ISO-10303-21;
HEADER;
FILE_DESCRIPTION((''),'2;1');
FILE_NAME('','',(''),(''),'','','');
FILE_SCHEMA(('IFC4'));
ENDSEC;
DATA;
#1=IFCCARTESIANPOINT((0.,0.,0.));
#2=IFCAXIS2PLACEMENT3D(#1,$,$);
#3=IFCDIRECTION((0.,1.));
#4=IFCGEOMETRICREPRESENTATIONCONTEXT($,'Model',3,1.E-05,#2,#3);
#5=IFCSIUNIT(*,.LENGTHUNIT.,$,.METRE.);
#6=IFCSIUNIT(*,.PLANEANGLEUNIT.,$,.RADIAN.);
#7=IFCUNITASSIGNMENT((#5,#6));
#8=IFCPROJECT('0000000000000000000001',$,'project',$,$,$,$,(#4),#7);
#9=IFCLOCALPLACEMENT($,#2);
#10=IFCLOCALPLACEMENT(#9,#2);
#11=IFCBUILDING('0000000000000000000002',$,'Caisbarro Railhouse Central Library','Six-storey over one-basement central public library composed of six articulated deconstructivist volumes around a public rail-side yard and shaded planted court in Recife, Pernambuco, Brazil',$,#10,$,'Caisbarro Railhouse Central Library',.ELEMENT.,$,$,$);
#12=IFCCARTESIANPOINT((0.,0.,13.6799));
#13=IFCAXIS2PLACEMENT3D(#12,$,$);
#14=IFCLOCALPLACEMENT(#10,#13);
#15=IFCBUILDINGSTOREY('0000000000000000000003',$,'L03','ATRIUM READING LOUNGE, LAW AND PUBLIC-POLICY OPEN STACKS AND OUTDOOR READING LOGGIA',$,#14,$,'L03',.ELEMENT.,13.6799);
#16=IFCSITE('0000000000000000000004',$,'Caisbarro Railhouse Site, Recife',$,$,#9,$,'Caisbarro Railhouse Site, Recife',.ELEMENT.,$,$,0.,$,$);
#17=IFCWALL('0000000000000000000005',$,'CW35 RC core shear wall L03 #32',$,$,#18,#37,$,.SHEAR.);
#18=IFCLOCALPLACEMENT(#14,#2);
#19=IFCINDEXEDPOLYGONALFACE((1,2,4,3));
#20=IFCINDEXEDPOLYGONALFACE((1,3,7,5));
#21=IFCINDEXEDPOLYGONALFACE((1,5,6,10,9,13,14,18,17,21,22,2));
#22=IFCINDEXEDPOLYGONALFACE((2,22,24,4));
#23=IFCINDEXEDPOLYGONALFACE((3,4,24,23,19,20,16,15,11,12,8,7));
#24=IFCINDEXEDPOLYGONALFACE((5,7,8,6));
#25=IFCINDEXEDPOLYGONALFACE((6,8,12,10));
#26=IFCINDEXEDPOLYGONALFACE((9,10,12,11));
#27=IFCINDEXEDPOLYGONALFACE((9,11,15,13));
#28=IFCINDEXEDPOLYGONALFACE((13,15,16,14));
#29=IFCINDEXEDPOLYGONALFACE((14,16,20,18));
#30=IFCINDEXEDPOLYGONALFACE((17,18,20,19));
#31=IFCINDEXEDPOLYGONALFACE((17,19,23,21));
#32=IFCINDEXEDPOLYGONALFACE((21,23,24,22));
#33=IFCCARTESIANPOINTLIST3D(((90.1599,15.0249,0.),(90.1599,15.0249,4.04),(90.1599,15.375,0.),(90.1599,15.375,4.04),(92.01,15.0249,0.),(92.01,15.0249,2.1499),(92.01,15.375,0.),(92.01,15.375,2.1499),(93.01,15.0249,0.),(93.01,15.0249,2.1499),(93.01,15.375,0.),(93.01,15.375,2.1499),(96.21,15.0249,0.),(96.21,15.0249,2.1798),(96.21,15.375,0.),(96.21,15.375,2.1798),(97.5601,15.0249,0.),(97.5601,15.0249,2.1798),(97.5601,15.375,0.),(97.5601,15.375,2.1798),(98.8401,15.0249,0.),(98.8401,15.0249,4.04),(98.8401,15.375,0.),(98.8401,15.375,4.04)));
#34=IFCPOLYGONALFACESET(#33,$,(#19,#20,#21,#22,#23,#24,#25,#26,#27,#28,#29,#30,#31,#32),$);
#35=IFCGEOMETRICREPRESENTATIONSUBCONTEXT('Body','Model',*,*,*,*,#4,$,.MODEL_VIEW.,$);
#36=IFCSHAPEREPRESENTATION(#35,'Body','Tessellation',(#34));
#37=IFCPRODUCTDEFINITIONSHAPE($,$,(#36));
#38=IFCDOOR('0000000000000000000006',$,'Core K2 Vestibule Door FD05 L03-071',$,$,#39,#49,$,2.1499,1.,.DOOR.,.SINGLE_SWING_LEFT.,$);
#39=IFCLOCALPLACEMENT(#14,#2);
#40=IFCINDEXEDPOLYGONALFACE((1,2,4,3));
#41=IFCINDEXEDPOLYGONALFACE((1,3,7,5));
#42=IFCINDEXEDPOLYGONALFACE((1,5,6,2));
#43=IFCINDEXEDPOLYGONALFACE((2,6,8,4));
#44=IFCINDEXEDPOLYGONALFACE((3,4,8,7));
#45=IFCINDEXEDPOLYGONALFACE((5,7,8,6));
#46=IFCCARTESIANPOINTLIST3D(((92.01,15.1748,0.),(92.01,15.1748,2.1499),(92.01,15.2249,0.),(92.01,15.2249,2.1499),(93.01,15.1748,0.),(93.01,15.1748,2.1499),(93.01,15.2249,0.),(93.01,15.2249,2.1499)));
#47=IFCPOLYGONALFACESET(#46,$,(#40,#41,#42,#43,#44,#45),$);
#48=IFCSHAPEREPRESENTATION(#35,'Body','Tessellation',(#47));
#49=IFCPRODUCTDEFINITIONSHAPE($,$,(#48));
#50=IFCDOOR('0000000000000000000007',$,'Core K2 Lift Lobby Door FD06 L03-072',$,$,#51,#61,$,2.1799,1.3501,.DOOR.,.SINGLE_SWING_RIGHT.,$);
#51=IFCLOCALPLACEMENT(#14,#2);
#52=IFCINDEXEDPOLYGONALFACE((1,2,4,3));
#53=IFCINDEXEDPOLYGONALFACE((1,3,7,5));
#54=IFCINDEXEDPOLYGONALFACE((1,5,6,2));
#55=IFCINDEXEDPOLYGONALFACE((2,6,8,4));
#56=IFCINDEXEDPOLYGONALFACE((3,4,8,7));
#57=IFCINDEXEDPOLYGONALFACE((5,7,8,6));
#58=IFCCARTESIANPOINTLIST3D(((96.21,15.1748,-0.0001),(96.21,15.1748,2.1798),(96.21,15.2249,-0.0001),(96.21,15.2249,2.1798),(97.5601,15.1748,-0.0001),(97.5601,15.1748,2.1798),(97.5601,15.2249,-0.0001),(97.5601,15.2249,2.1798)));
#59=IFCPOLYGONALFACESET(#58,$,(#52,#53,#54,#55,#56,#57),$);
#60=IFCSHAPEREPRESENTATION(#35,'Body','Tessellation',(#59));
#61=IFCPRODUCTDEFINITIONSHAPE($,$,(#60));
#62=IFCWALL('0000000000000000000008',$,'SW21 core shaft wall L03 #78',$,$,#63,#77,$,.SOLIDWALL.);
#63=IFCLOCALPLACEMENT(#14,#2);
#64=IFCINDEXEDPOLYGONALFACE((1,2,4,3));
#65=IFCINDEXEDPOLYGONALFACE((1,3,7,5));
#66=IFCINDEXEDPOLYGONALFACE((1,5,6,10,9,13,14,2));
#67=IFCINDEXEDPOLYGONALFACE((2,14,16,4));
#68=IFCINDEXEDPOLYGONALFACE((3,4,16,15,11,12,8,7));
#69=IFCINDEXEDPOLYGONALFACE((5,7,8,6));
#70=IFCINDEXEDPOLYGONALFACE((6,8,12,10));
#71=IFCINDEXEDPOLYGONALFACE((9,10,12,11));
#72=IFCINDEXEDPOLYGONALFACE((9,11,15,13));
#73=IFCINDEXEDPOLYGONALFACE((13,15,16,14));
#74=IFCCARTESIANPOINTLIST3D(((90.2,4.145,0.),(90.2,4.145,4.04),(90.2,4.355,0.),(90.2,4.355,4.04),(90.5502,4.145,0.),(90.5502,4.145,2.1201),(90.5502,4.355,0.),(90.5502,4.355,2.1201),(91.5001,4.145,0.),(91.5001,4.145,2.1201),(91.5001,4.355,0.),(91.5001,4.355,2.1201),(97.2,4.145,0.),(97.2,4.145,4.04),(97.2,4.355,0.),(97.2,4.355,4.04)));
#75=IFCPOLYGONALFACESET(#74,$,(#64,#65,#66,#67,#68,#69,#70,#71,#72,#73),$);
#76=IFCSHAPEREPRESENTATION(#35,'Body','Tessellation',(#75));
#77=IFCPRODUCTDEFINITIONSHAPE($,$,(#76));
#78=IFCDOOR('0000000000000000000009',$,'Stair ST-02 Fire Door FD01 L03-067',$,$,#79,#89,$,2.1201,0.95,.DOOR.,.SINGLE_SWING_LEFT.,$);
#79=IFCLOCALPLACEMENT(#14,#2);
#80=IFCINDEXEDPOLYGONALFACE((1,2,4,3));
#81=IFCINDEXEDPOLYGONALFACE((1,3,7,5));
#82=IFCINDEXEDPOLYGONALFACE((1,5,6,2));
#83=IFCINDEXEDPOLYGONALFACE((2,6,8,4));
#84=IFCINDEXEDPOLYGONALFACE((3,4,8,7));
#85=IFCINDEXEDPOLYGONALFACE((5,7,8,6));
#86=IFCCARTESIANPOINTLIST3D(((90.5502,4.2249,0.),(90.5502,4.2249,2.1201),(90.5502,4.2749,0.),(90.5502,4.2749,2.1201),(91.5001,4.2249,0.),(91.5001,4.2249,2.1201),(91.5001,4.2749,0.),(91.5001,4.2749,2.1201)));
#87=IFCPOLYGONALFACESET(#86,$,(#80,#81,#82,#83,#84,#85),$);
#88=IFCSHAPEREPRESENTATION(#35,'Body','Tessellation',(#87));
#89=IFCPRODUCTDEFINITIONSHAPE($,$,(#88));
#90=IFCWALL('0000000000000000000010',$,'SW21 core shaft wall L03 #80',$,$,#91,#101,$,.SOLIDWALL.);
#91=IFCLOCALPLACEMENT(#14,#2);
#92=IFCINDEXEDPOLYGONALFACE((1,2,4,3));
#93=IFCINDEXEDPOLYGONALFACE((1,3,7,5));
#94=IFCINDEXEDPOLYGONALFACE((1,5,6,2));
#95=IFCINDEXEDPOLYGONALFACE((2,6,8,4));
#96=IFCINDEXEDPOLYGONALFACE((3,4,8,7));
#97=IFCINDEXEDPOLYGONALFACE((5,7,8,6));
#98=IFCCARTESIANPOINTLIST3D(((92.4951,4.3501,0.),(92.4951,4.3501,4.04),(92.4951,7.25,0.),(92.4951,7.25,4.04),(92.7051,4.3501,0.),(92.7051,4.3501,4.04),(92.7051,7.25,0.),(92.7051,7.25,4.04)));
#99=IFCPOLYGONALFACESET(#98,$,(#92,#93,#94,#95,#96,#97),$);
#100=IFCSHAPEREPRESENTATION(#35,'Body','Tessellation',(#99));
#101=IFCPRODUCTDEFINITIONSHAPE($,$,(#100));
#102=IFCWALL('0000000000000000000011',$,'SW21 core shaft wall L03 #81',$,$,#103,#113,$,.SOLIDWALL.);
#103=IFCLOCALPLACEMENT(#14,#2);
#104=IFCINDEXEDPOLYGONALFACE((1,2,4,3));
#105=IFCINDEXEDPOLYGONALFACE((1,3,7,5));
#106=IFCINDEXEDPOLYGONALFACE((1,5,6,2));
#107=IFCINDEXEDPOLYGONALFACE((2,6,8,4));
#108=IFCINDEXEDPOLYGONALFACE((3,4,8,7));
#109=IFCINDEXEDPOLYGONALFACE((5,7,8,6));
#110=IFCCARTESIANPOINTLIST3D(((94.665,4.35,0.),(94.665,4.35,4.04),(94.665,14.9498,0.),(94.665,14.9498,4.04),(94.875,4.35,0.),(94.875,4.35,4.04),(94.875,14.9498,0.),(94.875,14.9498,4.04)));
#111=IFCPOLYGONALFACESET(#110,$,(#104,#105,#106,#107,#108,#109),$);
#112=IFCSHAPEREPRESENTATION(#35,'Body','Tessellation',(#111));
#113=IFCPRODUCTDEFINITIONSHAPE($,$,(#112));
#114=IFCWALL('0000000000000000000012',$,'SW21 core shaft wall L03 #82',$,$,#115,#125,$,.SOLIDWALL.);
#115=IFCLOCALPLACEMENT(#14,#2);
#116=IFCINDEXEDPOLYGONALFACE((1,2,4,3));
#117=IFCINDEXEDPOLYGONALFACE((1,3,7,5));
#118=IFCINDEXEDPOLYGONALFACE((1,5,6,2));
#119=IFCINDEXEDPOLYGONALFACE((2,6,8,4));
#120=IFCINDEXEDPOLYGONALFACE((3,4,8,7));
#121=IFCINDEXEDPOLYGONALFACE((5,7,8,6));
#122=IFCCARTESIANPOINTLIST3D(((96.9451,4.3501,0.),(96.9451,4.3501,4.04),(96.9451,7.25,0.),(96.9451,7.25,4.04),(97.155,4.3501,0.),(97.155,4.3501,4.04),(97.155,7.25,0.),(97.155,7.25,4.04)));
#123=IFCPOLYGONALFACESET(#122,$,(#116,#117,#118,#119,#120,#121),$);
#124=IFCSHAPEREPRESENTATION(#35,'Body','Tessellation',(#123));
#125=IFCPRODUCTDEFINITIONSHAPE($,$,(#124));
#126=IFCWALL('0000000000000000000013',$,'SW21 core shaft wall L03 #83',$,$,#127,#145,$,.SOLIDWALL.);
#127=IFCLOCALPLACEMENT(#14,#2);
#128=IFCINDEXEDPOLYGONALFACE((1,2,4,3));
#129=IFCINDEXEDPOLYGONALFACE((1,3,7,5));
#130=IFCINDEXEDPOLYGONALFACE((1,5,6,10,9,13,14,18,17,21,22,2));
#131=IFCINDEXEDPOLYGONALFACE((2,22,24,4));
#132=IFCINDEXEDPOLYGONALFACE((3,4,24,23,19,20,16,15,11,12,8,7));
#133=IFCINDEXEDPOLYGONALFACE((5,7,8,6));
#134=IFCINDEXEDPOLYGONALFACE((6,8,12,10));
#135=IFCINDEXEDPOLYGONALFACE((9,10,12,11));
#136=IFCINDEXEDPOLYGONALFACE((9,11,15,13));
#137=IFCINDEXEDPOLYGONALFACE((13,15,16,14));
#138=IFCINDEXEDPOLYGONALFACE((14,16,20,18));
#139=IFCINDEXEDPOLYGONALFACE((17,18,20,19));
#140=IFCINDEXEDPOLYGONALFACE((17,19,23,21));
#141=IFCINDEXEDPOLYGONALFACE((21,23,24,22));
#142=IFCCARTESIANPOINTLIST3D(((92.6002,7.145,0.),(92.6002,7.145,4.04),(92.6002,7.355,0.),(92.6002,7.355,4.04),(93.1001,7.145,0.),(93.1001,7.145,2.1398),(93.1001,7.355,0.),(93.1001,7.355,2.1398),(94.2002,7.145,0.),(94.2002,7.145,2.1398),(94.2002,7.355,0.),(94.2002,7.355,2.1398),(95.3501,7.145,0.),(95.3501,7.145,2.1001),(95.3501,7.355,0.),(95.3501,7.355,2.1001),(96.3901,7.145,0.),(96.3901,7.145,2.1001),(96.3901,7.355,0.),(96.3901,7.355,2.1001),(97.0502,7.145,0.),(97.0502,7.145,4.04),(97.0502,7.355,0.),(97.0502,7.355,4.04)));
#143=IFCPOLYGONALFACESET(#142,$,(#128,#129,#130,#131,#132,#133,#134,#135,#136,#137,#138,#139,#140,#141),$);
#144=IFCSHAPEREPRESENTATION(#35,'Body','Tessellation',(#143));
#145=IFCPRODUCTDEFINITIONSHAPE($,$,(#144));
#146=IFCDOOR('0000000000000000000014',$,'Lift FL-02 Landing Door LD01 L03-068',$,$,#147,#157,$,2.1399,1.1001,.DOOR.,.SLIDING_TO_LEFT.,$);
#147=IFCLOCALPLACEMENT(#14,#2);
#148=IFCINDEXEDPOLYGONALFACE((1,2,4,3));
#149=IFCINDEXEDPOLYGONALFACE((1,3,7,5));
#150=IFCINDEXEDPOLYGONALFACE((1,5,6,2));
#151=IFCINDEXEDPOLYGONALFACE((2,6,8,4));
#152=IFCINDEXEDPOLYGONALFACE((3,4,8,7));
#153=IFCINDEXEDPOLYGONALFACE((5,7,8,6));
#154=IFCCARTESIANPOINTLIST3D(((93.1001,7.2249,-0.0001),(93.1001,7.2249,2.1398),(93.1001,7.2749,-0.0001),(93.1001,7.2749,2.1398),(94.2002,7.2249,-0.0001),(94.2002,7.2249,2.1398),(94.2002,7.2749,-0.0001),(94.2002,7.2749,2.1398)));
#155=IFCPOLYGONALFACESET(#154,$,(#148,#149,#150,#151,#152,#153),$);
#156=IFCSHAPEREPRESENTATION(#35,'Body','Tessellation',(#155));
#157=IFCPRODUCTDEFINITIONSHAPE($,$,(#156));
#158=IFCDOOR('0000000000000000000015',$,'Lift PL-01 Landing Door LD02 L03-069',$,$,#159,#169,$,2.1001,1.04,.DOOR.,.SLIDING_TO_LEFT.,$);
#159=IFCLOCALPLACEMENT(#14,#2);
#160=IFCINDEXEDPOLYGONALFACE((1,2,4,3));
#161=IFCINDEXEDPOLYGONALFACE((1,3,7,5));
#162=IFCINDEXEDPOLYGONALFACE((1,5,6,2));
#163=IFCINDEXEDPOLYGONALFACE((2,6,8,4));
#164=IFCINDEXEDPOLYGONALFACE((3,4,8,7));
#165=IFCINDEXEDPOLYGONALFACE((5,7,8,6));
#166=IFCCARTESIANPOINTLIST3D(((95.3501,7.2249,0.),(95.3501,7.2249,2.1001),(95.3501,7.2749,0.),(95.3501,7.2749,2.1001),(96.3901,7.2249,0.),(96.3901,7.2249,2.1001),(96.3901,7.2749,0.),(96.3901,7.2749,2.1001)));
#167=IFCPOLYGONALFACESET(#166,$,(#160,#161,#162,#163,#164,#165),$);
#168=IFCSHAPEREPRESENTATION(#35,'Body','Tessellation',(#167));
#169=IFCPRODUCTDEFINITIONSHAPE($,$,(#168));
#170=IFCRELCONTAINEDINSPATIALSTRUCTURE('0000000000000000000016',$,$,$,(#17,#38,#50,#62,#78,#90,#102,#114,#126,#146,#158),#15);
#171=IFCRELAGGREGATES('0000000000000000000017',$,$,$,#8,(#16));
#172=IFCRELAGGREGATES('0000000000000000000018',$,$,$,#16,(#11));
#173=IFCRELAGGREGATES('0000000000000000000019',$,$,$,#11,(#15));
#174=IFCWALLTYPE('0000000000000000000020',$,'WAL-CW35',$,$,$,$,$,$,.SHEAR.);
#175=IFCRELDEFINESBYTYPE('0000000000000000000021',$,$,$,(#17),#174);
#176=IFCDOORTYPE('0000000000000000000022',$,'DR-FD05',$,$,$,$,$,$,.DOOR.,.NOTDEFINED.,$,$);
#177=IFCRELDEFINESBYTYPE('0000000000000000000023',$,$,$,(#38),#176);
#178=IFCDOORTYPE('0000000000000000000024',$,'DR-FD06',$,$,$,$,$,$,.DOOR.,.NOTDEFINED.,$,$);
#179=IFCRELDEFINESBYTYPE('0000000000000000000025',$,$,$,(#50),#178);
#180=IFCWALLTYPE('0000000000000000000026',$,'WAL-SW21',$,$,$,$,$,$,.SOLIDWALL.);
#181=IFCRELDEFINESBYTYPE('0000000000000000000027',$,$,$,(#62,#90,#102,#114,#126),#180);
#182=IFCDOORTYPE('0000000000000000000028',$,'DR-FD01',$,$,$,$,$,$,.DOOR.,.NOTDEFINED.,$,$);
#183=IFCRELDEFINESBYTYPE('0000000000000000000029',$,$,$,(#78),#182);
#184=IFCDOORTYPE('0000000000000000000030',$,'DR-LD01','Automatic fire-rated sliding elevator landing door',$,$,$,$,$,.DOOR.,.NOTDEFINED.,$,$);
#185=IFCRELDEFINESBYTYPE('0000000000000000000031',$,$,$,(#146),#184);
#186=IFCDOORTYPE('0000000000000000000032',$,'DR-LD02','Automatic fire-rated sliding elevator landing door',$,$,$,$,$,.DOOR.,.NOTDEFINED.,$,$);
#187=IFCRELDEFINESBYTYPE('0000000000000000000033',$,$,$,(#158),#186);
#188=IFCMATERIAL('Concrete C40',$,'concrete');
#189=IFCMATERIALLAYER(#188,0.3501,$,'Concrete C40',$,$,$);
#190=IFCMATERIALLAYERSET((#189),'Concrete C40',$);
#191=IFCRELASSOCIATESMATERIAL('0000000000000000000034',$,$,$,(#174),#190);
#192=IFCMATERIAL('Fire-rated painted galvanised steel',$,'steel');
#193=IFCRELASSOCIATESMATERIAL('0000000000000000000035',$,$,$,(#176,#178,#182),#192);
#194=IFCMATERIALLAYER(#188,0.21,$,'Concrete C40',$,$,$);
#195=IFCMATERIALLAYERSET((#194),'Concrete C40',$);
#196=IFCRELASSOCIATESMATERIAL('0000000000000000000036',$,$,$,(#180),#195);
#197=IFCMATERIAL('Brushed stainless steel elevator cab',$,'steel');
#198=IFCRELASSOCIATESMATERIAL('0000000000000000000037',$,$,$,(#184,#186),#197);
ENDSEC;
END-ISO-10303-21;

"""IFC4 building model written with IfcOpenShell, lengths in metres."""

from ifc_helpers import new_model, si_unit, direction, frame, frame_2d, origin, place, context, subcontext, project, spatial, rectangle, extrude, material, layer, layer_set, type_object, element, fill, save


model = new_model("IFC4")

# Units and contexts
model_context = context("Model", 3, precision=1e-05, world=origin(), true_north=direction((0.0, 1.0)))
body_context = subcontext(model_context, "Body", "Model", "MODEL_VIEW")
ifc_project = project(units=[si_unit("LENGTHUNIT", "METRE"), si_unit("PLANEANGLEUNIT", "RADIAN")], contexts=[model_context])

# Site, building, storey
site_placement = place(None, origin())
site = spatial("IfcSite", under=ifc_project, at=site_placement, Name="Caisbarro Railhouse Site, Recife", LongName="Caisbarro Railhouse Site, Recife", CompositionType="ELEMENT", RefElevation=0.0)
building_placement = place(site_placement, origin())
building = spatial("IfcBuilding", under=site, at=building_placement, Name="Caisbarro Railhouse Central Library", Description="Six-storey over one-basement central public library composed of six articulated deconstructivist volumes around a public rail-side yard and shaded planted court in Recife, Pernambuco, Brazil", LongName="Caisbarro Railhouse Central Library", CompositionType="ELEMENT")
storey_placement = place(building_placement, frame((0.0, 0.0, 13.6799)))
storey = spatial("IfcBuildingStorey", under=building, at=storey_placement, Name="L03", Description="ATRIUM READING LOUNGE, LAW AND PUBLIC-POLICY OPEN STACKS AND OUTDOOR READING LOGGIA", LongName="L03", CompositionType="ELEMENT", Elevation=13.6799)

# Shared definitions
ifc_material_1 = material(Name="Concrete C40", Category="concrete")

# Wall, openings, doors
ifc_layer_1 = layer(ifc_material_1, 0.3501, Name="Concrete C40")
ifc_layer_set_1 = layer_set([ifc_layer_1], Name="Concrete C40")
wall_type_1 = type_object("IfcWallType", Name="WAL-CW35", PredefinedType="SHEAR", material=ifc_layer_set_1)
wall_1_placement = place(storey_placement, frame((90.1599, 15.2, 0.0), z_axis=(0.0, 0.0, 1.0), x_axis=(1.0, 0.0, 0.0)))
wall_1 = element("IfcWall", 1, at=wall_1_placement, inside=storey, type_object=wall_type_1, Name="CW35 RC core shear wall L03 #32", PredefinedType="SHEAR", context=body_context, shape_type="SweptSolid", body=[
    extrude(rectangle(XDim=8.6802, YDim=0.3501, at=frame_2d((4.3401, 0.0))), origin(), (0.0, 0.0, 1.0), 4.04),
])
opening_1_placement = place(wall_1_placement, frame((1.8501, 0.0, 0.0)))
opening_1 = element("IfcOpeningElement", 2, at=opening_1_placement, cuts=wall_1, PredefinedType="OPENING", context=body_context, shape_type="SweptSolid", body=[
    extrude(rectangle(XDim=1.0, YDim=2.1499, at=frame_2d((0.5, 1.075))), frame((0.0, 0.1851, 0.0), z_axis=(0.0, -1.0, 0.0), x_axis=(1.0, 0.0, 0.0)), (0.0, 0.0, 1.0), 0.3701),
])
opening_2_placement = place(wall_1_placement, frame((6.05, 0.0, 0.0)))
opening_2 = element("IfcOpeningElement", 3, at=opening_2_placement, cuts=wall_1, PredefinedType="OPENING", context=body_context, shape_type="SweptSolid", body=[
    extrude(rectangle(XDim=1.3501, YDim=2.1799, at=frame_2d((0.675, 1.0898))), frame((0.0, 0.1851, 0.0), z_axis=(0.0, -1.0, 0.0), x_axis=(1.0, 0.0, 0.0)), (0.0, 0.0, 1.0), 0.3701),
])
ifc_material_2 = material(Name="Fire-rated painted galvanised steel", Category="steel")
door_type_1 = type_object("IfcDoorType", Name="DR-FD05", OperationType="NOTDEFINED", PredefinedType="DOOR", material=ifc_material_2)
door_1_placement = place(opening_1_placement, origin())
door_1 = element("IfcDoor", 4, at=door_1_placement, inside=storey, type_object=door_type_1, Name="Core K2 Vestibule Door FD05 L03-071", OperationType="SINGLE_SWING_LEFT", OverallHeight=2.1499, OverallWidth=1.0, PredefinedType="DOOR", context=body_context, shape_type="SweptSolid", body=[
    extrude(rectangle(XDim=1.0, YDim=2.1499, at=frame_2d((0.5, 1.075))), frame((0.0, 0.0249, 0.0), z_axis=(0.0, -1.0, 0.0), x_axis=(1.0, 0.0, 0.0)), (0.0, 0.0, 1.0), 0.05),
])
fill(opening_1, door_1)
door_type_2 = type_object("IfcDoorType", Name="DR-FD06", OperationType="NOTDEFINED", PredefinedType="DOOR", material=ifc_material_2)
door_2_placement = place(opening_2_placement, origin())
door_2 = element("IfcDoor", 5, at=door_2_placement, inside=storey, type_object=door_type_2, Name="Core K2 Lift Lobby Door FD06 L03-072", OperationType="SINGLE_SWING_RIGHT", OverallHeight=2.1799, OverallWidth=1.3501, PredefinedType="DOOR", context=body_context, shape_type="SweptSolid", body=[
    extrude(rectangle(XDim=1.3501, YDim=2.1799, at=frame_2d((0.675, 1.0898))), frame((0.0, 0.0249, 0.0), z_axis=(0.0, -1.0, 0.0), x_axis=(1.0, 0.0, 0.0)), (0.0, 0.0, 1.0), 0.05),
])
fill(opening_2, door_2)

# Wall, opening, door
ifc_layer_2 = layer(ifc_material_1, 0.21, Name="Concrete C40")
ifc_layer_set_2 = layer_set([ifc_layer_2], Name="Concrete C40")
wall_type_2 = type_object("IfcWallType", Name="WAL-SW21", PredefinedType="SOLIDWALL", material=ifc_layer_set_2)
wall_2_placement = place(storey_placement, frame((90.2, 4.25, 0.0), z_axis=(0.0, 0.0, 1.0), x_axis=(1.0, 0.0, 0.0)))
wall_2 = element("IfcWall", 6, at=wall_2_placement, inside=storey, type_object=wall_type_2, Name="SW21 core shaft wall L03 #78", PredefinedType="SOLIDWALL", context=body_context, shape_type="SweptSolid", body=[
    extrude(rectangle(XDim=7.0, YDim=0.21, at=frame_2d((3.5, 0.0))), origin(), (0.0, 0.0, 1.0), 4.04),
])
opening_3_placement = place(wall_2_placement, frame((0.3501, 0.0, 0.0)))
opening_3 = element("IfcOpeningElement", 7, at=opening_3_placement, cuts=wall_2, PredefinedType="OPENING", context=body_context, shape_type="SweptSolid", body=[
    extrude(rectangle(XDim=0.95, YDim=2.1201, at=frame_2d((0.4751, 1.0601))), frame((0.0, 0.115, 0.0), z_axis=(0.0, -1.0, 0.0), x_axis=(1.0, 0.0, 0.0)), (0.0, 0.0, 1.0), 0.23),
])
door_type_3 = type_object("IfcDoorType", Name="DR-FD01", OperationType="NOTDEFINED", PredefinedType="DOOR", material=ifc_material_2)
door_3_placement = place(opening_3_placement, origin())
door_3 = element("IfcDoor", 8, at=door_3_placement, inside=storey, type_object=door_type_3, Name="Stair ST-02 Fire Door FD01 L03-067", OperationType="SINGLE_SWING_LEFT", OverallHeight=2.1201, OverallWidth=0.95, PredefinedType="DOOR", context=body_context, shape_type="SweptSolid", body=[
    extrude(rectangle(XDim=0.95, YDim=2.1201, at=frame_2d((0.4751, 1.0601))), frame((0.0, 0.0249, 0.0), z_axis=(0.0, -1.0, 0.0), x_axis=(1.0, 0.0, 0.0)), (0.0, 0.0, 1.0), 0.05),
])
fill(opening_3, door_3)

# Walls
wall_3_placement = place(storey_placement, frame((92.6001, 4.3501, 0.0), z_axis=(0.0, 0.0, 1.0), x_axis=(0.0, 1.0, 0.0)))
element("IfcWall", 9, at=wall_3_placement, inside=storey, type_object=wall_type_2, Name="SW21 core shaft wall L03 #80", PredefinedType="SOLIDWALL", context=body_context, shape_type="SweptSolid", body=[
    extrude(rectangle(XDim=2.8999, YDim=0.21, at=frame_2d((1.45, 0.0))), origin(), (0.0, 0.0, 1.0), 4.04),
])
wall_4_placement = place(storey_placement, frame((94.77, 4.3501, 0.0), z_axis=(0.0, 0.0, 1.0), x_axis=(0.0, 1.0, 0.0)))
element("IfcWall", 10, at=wall_4_placement, inside=storey, type_object=wall_type_2, Name="SW21 core shaft wall L03 #81", PredefinedType="SOLIDWALL", context=body_context, shape_type="SweptSolid", body=[
    extrude(rectangle(XDim=10.5999, YDim=0.21, at=frame_2d((5.2998, 0.0))), origin(), (0.0, 0.0, 1.0), 4.04),
])
wall_5_placement = place(storey_placement, frame((97.05, 4.3501, 0.0), z_axis=(0.0, 0.0, 1.0), x_axis=(0.0, 1.0, 0.0)))
element("IfcWall", 11, at=wall_5_placement, inside=storey, type_object=wall_type_2, Name="SW21 core shaft wall L03 #82", PredefinedType="SOLIDWALL", context=body_context, shape_type="SweptSolid", body=[
    extrude(rectangle(XDim=2.8999, YDim=0.21, at=frame_2d((1.45, 0.0))), origin(), (0.0, 0.0, 1.0), 4.04),
])

# Wall, openings, doors
wall_6_placement = place(storey_placement, frame((92.6001, 7.25, 0.0), z_axis=(0.0, 0.0, 1.0), x_axis=(1.0, 0.0, 0.0)))
wall_6 = element("IfcWall", 12, at=wall_6_placement, inside=storey, type_object=wall_type_2, Name="SW21 core shaft wall L03 #83", PredefinedType="SOLIDWALL", context=body_context, shape_type="SweptSolid", body=[
    extrude(rectangle(XDim=4.45, YDim=0.21, at=frame_2d((2.2251, 0.0))), origin(), (0.0, 0.0, 1.0), 4.04),
])
opening_4_placement = place(wall_6_placement, frame((0.5, 0.0, 0.0)))
opening_4 = element("IfcOpeningElement", 13, at=opening_4_placement, cuts=wall_6, PredefinedType="OPENING", context=body_context, shape_type="SweptSolid", body=[
    extrude(rectangle(XDim=1.1001, YDim=2.1399, at=frame_2d((0.55, 1.0698))), frame((0.0, 0.115, 0.0), z_axis=(0.0, -1.0, 0.0), x_axis=(1.0, 0.0, 0.0)), (0.0, 0.0, 1.0), 0.23),
])
opening_5_placement = place(wall_6_placement, frame((2.75, 0.0, 0.0)))
opening_5 = element("IfcOpeningElement", 14, at=opening_5_placement, cuts=wall_6, PredefinedType="OPENING", context=body_context, shape_type="SweptSolid", body=[
    extrude(rectangle(XDim=1.04, YDim=2.1001, at=frame_2d((0.52, 1.05))), frame((0.0, 0.115, 0.0), z_axis=(0.0, -1.0, 0.0), x_axis=(1.0, 0.0, 0.0)), (0.0, 0.0, 1.0), 0.23),
])
ifc_material_3 = material(Name="Brushed stainless steel elevator cab", Category="steel")
door_type_4 = type_object("IfcDoorType", Name="DR-LD01", Description="Automatic fire-rated sliding elevator landing door", OperationType="NOTDEFINED", PredefinedType="DOOR", material=ifc_material_3)
door_4_placement = place(opening_4_placement, origin())
door_4 = element("IfcDoor", 15, at=door_4_placement, inside=storey, type_object=door_type_4, Name="Lift FL-02 Landing Door LD01 L03-068", OperationType="SLIDING_TO_LEFT", OverallHeight=2.1399, OverallWidth=1.1001, PredefinedType="DOOR", context=body_context, shape_type="SweptSolid", body=[
    extrude(rectangle(XDim=1.1001, YDim=2.1399, at=frame_2d((0.55, 1.0698))), frame((0.0, 0.0249, 0.0), z_axis=(0.0, -1.0, 0.0), x_axis=(1.0, 0.0, 0.0)), (0.0, 0.0, 1.0), 0.05),
])
fill(opening_4, door_4)
door_type_5 = type_object("IfcDoorType", Name="DR-LD02", Description="Automatic fire-rated sliding elevator landing door", OperationType="NOTDEFINED", PredefinedType="DOOR", material=ifc_material_3)
door_5_placement = place(opening_5_placement, origin())
door_5 = element("IfcDoor", 16, at=door_5_placement, inside=storey, type_object=door_type_5, Name="Lift PL-01 Landing Door LD02 L03-069", OperationType="SLIDING_TO_LEFT", OverallHeight=2.1001, OverallWidth=1.04, PredefinedType="DOOR", context=body_context, shape_type="SweptSolid", body=[
    extrude(rectangle(XDim=1.04, YDim=2.1001, at=frame_2d((0.52, 1.05))), frame((0.0, 0.0249, 0.0), z_axis=(0.0, -1.0, 0.0), x_axis=(1.0, 0.0, 0.0)), (0.0, 0.0, 1.0), 0.05),
])
fill(opening_5, door_5)

save(model, "model.ifc")
